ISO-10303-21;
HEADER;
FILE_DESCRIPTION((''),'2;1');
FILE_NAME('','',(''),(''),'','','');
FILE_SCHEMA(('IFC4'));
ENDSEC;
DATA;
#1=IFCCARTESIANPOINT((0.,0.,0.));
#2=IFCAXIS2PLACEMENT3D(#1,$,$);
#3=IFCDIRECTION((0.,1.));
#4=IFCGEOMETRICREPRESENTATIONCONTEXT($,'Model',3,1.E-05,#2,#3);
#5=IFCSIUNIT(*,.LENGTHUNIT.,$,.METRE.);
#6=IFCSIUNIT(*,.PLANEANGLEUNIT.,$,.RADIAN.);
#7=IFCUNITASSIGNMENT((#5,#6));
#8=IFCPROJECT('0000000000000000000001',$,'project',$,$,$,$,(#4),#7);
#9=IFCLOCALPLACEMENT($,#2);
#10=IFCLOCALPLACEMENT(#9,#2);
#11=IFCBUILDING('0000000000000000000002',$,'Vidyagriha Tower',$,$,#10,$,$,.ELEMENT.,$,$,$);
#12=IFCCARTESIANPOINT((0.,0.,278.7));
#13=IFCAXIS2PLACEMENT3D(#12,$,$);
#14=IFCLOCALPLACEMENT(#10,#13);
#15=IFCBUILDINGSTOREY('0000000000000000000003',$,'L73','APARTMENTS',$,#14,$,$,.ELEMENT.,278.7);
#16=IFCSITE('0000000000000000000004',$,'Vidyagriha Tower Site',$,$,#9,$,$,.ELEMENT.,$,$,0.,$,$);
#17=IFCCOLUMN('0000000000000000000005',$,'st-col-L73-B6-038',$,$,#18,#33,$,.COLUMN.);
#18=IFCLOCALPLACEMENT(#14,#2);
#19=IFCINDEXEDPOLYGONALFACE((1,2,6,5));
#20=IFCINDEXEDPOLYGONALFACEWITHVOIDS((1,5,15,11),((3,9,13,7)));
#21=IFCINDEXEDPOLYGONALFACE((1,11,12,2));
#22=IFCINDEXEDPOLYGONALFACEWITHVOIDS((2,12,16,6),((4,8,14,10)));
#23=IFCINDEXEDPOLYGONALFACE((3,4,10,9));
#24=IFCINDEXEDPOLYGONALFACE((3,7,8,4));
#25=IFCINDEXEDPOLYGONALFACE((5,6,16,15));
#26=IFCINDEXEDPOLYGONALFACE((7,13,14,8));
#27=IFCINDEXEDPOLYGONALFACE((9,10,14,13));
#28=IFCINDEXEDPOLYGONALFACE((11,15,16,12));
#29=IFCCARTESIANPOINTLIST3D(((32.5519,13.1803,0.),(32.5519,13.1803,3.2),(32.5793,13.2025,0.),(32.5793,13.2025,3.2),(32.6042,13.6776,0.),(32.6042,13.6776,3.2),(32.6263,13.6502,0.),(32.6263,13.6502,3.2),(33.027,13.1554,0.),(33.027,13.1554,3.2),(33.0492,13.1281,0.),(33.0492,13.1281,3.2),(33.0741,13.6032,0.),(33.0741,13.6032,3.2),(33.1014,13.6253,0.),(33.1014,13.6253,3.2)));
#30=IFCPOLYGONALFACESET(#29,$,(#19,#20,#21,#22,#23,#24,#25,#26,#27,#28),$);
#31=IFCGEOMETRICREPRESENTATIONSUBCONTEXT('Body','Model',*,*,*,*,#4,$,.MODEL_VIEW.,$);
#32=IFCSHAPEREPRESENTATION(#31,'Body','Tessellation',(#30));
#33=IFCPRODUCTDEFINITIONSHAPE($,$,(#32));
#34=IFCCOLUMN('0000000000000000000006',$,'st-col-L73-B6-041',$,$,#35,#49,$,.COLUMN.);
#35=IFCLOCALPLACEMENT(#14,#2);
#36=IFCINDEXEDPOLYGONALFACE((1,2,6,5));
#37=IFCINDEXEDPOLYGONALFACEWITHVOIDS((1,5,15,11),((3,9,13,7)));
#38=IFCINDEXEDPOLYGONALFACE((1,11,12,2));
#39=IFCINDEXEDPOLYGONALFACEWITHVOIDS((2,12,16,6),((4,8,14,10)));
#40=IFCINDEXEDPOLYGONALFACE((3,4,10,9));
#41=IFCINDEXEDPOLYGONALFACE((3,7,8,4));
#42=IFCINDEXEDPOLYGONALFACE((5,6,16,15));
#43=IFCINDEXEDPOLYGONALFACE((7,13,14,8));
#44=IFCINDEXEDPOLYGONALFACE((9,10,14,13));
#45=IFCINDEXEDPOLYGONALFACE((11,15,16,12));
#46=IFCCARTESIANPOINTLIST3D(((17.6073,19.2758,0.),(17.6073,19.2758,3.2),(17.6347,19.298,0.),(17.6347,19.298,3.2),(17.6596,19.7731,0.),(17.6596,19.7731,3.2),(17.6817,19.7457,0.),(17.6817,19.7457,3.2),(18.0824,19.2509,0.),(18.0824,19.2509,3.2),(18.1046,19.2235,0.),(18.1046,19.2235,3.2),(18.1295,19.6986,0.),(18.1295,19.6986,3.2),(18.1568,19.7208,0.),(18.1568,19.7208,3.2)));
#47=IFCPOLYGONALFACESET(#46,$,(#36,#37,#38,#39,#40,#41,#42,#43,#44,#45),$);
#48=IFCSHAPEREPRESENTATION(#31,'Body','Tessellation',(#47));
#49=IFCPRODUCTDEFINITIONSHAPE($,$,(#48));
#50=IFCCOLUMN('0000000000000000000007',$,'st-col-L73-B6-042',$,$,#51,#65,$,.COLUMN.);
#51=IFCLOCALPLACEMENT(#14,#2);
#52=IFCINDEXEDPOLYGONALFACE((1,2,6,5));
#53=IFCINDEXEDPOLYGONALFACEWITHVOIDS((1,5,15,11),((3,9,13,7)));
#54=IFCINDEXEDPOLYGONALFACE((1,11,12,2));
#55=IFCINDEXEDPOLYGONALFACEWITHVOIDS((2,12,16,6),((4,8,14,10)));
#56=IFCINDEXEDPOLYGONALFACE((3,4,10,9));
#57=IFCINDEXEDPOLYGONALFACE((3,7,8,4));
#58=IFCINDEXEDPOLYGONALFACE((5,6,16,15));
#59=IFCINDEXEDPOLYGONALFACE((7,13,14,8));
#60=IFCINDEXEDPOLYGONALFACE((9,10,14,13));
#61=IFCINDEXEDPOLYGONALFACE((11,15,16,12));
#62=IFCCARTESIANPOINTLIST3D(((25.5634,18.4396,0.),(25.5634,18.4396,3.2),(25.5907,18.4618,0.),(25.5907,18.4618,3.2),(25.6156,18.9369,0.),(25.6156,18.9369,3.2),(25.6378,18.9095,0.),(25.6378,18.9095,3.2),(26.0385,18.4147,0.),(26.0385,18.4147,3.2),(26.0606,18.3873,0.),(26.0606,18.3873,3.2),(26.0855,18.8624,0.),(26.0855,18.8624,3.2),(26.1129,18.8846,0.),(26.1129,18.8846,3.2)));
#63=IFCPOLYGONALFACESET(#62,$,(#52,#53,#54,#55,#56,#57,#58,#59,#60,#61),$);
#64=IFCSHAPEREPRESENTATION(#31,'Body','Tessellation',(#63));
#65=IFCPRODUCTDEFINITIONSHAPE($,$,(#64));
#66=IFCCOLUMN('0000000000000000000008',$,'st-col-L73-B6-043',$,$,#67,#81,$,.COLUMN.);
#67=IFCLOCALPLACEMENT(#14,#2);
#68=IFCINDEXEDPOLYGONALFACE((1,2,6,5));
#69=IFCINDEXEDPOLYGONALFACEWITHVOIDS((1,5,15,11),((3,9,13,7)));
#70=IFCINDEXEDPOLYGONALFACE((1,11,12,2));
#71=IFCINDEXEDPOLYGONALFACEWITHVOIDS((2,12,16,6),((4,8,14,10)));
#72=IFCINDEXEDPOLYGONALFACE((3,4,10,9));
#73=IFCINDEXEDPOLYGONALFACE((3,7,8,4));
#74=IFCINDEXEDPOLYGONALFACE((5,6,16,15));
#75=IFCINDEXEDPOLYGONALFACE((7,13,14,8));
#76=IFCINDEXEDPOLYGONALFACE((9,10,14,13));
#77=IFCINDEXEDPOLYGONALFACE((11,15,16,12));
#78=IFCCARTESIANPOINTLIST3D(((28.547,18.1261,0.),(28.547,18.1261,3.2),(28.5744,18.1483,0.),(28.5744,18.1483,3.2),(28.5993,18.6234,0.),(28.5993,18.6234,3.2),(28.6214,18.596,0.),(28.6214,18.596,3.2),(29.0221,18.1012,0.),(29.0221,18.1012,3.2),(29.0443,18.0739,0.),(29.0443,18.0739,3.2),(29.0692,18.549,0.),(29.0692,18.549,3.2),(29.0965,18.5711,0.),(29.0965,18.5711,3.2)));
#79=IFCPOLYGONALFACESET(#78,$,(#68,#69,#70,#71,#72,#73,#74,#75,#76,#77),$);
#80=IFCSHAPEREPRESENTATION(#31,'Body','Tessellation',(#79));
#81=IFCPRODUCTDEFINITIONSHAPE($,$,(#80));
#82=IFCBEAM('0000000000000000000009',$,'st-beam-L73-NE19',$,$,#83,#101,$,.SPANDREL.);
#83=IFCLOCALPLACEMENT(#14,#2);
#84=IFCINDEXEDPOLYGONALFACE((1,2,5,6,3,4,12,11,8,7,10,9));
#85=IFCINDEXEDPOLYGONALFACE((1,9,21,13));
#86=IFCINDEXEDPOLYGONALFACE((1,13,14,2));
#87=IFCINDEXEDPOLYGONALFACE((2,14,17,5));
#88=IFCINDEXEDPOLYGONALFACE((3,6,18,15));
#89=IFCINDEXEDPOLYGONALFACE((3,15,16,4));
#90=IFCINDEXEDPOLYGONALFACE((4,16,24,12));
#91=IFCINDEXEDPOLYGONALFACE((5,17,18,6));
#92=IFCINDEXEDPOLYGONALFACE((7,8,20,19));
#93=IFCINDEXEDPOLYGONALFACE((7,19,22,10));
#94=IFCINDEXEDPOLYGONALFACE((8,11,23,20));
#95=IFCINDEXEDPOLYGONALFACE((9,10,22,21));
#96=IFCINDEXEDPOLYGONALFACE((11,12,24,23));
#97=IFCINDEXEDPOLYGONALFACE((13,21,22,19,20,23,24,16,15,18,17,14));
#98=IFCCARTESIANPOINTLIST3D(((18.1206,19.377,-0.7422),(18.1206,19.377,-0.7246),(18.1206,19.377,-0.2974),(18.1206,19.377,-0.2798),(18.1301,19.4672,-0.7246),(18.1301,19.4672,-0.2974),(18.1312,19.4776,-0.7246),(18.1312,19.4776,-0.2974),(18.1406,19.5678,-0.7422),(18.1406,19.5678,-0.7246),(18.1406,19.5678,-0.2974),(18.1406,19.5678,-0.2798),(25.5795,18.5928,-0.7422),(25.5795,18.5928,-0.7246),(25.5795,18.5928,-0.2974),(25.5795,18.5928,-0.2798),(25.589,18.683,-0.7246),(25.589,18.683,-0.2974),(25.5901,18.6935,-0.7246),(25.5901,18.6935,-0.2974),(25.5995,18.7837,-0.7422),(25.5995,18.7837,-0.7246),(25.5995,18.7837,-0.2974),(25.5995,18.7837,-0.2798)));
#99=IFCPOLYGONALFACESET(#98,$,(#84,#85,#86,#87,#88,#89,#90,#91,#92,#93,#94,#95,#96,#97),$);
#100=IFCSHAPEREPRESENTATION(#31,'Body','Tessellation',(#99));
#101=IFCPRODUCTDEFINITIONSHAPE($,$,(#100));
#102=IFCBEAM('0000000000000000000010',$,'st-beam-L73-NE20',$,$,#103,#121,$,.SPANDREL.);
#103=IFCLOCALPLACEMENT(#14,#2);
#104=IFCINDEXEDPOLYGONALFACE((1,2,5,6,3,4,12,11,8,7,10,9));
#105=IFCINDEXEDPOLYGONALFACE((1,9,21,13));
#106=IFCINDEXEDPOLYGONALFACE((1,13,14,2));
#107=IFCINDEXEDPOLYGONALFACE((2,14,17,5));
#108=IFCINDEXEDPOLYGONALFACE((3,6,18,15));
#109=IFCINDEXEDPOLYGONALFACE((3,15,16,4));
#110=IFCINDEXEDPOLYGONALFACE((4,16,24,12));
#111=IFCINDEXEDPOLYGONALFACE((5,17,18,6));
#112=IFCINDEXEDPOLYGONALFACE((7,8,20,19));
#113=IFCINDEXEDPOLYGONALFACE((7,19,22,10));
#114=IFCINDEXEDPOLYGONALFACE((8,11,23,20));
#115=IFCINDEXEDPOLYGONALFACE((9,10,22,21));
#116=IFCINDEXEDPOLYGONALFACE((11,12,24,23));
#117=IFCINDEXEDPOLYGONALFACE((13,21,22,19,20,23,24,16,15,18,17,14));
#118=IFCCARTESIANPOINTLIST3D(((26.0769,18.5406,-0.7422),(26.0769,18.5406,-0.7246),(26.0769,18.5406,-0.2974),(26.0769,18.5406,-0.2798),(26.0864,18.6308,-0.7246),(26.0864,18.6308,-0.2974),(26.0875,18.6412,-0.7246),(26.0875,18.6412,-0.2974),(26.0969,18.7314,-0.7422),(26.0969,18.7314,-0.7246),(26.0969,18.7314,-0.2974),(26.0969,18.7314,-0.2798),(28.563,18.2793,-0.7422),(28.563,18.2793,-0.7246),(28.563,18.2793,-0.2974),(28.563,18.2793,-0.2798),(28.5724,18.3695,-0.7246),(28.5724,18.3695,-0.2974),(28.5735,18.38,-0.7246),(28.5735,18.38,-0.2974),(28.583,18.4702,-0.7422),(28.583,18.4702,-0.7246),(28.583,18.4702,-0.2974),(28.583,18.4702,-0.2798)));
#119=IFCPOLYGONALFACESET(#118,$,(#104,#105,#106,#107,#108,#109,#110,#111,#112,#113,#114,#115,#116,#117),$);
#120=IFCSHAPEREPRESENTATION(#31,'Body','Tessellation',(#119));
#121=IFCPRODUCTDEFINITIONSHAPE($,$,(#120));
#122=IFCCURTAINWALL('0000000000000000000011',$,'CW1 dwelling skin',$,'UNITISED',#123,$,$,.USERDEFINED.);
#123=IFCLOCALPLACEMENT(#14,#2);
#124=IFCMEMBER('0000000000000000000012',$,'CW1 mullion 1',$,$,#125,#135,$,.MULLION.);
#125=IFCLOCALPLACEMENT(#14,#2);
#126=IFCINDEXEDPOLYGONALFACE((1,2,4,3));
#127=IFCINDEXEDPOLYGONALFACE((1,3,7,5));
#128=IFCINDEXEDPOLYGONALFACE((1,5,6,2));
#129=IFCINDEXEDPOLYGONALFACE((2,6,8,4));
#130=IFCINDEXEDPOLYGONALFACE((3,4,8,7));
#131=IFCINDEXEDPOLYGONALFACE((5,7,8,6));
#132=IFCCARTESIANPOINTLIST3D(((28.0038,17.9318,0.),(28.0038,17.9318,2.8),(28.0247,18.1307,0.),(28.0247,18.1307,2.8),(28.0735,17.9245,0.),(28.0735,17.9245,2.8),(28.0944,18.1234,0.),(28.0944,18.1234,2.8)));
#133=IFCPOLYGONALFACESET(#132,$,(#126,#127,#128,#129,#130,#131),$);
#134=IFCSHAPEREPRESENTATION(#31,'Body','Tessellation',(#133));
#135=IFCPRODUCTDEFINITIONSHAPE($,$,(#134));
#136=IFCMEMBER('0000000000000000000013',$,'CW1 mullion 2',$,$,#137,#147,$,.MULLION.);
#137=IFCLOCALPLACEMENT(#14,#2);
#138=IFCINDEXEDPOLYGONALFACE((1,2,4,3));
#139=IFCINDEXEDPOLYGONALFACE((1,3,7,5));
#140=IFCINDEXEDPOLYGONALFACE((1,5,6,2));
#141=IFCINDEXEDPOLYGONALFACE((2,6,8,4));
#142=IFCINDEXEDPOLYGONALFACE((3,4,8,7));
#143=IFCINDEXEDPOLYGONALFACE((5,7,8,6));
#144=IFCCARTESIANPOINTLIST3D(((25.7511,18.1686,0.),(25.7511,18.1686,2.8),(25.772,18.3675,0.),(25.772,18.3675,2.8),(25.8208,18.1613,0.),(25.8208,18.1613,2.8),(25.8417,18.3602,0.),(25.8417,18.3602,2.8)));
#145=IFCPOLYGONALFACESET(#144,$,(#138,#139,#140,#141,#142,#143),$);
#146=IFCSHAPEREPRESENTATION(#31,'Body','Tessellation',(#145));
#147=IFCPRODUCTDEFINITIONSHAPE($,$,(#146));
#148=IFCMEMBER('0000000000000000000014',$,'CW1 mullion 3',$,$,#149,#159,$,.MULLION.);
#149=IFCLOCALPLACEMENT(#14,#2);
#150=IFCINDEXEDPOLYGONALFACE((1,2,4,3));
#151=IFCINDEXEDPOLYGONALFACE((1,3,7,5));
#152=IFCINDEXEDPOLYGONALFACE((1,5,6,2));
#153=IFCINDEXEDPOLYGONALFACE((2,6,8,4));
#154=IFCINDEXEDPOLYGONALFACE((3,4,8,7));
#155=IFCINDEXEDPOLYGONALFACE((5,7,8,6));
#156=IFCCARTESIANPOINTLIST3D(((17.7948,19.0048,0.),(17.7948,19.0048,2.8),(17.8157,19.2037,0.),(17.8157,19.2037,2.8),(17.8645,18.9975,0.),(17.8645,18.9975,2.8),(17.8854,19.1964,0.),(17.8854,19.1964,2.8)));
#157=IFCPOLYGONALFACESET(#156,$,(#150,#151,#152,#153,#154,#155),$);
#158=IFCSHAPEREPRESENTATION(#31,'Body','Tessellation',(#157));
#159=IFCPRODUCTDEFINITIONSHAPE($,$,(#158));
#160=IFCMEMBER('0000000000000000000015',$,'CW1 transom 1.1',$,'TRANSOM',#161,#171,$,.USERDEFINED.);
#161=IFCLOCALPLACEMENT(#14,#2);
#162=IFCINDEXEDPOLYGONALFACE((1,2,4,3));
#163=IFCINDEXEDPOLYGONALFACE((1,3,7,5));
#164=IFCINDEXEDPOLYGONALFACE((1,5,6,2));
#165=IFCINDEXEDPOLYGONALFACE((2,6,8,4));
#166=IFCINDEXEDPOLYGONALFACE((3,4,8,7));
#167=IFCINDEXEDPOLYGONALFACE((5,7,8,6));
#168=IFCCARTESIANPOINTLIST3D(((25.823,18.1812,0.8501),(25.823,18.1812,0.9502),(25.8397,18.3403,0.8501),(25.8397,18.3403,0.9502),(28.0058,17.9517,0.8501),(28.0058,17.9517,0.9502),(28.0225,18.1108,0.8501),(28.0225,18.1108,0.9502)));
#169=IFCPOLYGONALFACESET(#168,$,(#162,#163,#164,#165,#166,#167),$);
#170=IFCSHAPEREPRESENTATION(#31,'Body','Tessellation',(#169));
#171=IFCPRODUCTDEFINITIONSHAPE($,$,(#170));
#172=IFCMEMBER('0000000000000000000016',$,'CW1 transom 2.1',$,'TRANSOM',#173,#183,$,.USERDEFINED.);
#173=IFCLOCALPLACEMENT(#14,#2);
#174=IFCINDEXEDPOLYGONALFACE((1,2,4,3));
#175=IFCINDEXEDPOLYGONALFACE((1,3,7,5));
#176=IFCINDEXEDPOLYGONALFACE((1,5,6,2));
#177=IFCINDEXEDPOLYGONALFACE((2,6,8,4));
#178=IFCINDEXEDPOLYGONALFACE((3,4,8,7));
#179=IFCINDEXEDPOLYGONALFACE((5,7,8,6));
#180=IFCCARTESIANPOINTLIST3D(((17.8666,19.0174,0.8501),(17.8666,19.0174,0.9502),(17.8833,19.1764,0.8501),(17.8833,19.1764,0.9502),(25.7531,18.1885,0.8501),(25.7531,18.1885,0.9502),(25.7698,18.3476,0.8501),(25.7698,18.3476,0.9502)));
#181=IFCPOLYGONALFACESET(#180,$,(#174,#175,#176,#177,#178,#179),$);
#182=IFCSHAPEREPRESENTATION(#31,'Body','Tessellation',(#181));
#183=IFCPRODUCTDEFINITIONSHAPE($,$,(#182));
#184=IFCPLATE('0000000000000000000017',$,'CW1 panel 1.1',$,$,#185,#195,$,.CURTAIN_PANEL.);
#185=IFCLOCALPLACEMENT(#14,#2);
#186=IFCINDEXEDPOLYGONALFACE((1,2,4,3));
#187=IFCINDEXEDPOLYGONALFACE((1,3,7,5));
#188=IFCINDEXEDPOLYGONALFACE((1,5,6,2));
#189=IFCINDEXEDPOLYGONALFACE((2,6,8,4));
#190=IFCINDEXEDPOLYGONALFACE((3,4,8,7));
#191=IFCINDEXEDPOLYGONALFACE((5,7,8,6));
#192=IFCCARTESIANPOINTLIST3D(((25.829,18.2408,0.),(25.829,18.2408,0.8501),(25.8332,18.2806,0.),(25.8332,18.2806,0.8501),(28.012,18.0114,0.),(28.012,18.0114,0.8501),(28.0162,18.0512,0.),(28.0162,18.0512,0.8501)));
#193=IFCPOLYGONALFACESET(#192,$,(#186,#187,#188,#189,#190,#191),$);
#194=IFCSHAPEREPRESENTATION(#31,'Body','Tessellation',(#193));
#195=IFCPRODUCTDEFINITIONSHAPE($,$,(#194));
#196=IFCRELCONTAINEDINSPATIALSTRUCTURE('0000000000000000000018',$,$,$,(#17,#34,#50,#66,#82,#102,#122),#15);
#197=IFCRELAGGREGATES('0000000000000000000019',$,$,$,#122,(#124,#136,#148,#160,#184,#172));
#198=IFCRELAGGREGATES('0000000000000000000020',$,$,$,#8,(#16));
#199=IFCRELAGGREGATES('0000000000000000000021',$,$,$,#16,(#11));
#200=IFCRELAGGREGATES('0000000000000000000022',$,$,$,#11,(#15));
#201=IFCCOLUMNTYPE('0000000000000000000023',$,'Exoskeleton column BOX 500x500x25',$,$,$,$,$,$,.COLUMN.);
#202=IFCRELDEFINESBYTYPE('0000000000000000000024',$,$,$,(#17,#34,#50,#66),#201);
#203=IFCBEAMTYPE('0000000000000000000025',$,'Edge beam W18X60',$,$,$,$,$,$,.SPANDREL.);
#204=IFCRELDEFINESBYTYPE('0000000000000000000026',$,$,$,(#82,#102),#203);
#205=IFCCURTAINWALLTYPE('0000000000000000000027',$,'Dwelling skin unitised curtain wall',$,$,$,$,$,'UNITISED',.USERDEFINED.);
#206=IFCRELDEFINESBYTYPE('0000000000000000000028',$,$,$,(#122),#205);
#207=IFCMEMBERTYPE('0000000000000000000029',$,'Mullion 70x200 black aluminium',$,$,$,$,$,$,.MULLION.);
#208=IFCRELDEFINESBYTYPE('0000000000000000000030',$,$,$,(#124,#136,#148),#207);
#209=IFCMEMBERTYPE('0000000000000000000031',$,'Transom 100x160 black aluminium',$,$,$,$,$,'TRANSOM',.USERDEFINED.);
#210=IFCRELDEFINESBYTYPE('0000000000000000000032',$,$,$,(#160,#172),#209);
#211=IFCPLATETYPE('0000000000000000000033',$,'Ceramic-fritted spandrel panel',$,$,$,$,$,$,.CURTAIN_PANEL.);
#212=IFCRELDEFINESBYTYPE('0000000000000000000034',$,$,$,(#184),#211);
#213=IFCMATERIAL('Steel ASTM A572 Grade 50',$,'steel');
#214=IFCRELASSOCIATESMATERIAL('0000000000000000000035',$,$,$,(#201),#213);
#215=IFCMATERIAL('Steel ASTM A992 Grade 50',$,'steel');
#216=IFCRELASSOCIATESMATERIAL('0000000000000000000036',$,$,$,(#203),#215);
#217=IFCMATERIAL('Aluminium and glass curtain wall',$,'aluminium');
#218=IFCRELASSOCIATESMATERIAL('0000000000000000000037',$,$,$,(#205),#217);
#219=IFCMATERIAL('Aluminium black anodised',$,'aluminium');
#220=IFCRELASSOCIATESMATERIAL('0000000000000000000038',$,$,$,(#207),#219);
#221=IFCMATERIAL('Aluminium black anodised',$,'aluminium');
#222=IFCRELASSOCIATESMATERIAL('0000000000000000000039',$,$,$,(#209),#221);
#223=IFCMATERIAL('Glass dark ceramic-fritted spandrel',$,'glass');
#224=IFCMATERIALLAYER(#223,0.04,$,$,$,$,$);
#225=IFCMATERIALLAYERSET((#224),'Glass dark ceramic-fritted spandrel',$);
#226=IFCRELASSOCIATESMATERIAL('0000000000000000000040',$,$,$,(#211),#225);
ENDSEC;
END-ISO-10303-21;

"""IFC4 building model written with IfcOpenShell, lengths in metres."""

from ifc_helpers import new_model, si_unit, direction, frame, origin, origin_2d, place, context, subcontext, project, spatial, rectangle, hollow_rectangle, i_section, extrude, material, layer, layer_set, material_profile, profile_set, type_object, element, aggregate, save


model = new_model("IFC4")

# Units and contexts
model_context = context("Model", 3, precision=1e-05, world=origin(), true_north=direction((0.0, 1.0)))
body_context = subcontext(model_context, "Body", "Model", "MODEL_VIEW")
ifc_project = project(units=[si_unit("LENGTHUNIT", "METRE"), si_unit("PLANEANGLEUNIT", "RADIAN")], contexts=[model_context])

# Site, building, storey
site_placement = place(None, origin())
site = spatial("IfcSite", under=ifc_project, at=site_placement, Name="Vidyagriha Tower Site", CompositionType="ELEMENT", RefElevation=0.0)
building_placement = place(site_placement, origin())
building = spatial("IfcBuilding", under=site, at=building_placement, Name="Vidyagriha Tower", CompositionType="ELEMENT")
storey_placement = place(building_placement, frame((0.0, 0.0, 278.7)))
storey = spatial("IfcBuildingStorey", under=building, at=storey_placement, Name="L73", Description="APARTMENTS", CompositionType="ELEMENT", Elevation=278.7)

# Columns
ifc_material_1 = material(Name="Steel ASTM A572 Grade 50", Category="steel")
ifc_material_profile_1 = material_profile(ifc_material_1, hollow_rectangle(XDim=0.5, YDim=0.5, WallThickness=0.0249, at=origin_2d()), Name="BOX 500x500x25")
ifc_profile_set_1 = profile_set([ifc_material_profile_1], Name="Steel ASTM A572 Grade 50")
column_type = type_object("IfcColumnType", Name="Exoskeleton column BOX 500x500x25", PredefinedType="COLUMN", material=ifc_profile_set_1)
for number, where, z_axis, x_axis, name in (
    (1, (32.8267, 13.4028, 0.0), (0.0, 0.0, 1.0), (0.994522, -0.104528, 0.0), "st-col-L73-B6-038"),
    (2, (17.8821, 19.4983, 0.0), (0.0, 0.0, 1.0), (0.994522, -0.104528, 0.0), "st-col-L73-B6-041"),
    (3, (25.8381, 18.6621, 0.0), (0.0, 0.0, 1.0), (0.994522, -0.104528, 0.0), "st-col-L73-B6-042"),
    (4, (28.8218, 18.3486, 0.0), (0.0, 0.0, 1.0), (0.994522, -0.104528, 0.0), "st-col-L73-B6-043"),
):
    element("IfcColumn", number, at=place(storey_placement, frame(where, z_axis=z_axis, x_axis=x_axis)), inside=storey, type_object=column_type, Name=name, PredefinedType="COLUMN", context=body_context, shape_type="SweptSolid", body=[
        extrude(hollow_rectangle(XDim=0.5, YDim=0.5, WallThickness=0.0249, at=origin_2d()), origin(), (0.0, 0.0, 1.0), 3.2),
    ])

# Beams
ifc_material_2 = material(Name="Steel ASTM A992 Grade 50", Category="steel")
ifc_material_profile_2 = material_profile(ifc_material_2, i_section(OverallWidth=0.1919, OverallDepth=0.4624, WebThickness=0.0105, FlangeThickness=0.0176, at=origin_2d()), Name="W18X60")
ifc_profile_set_2 = profile_set([ifc_material_profile_2], Name="Steel ASTM A992 Grade 50")
beam_type = type_object("IfcBeamType", Name="Edge beam W18X60", PredefinedType="SPANDREL", material=ifc_profile_set_2)
beam_1_placement = place(storey_placement, frame((18.1306, 19.4724, -0.511), z_axis=(0.994519, -0.104556, 0.0), x_axis=(0.104556, 0.994519, 0.0)))
element("IfcBeam", 5, at=beam_1_placement, inside=storey, type_object=beam_type, Name="st-beam-L73-NE19", PredefinedType="SPANDREL", context=body_context, shape_type="SweptSolid", body=[
    extrude(i_section(OverallWidth=0.1919, OverallDepth=0.4624, WebThickness=0.0105, FlangeThickness=0.0176, at=origin_2d()), origin(), (0.0, 0.0, 1.0), 7.5),
])
beam_2_placement = place(storey_placement, frame((26.0869, 18.636, -0.511), z_axis=(0.994525, -0.104502, 0.0), x_axis=(0.104502, 0.994525, 0.0)))
element("IfcBeam", 6, at=beam_2_placement, inside=storey, type_object=beam_type, Name="st-beam-L73-NE20", PredefinedType="SPANDREL", context=body_context, shape_type="SweptSolid", body=[
    extrude(i_section(OverallWidth=0.1919, OverallDepth=0.4624, WebThickness=0.0105, FlangeThickness=0.0176, at=origin_2d()), origin(), (0.0, 0.0, 1.0), 2.4998),
])

# Curtain wall, members, plate
ifc_material_3 = material(Name="Aluminium and glass curtain wall", Category="aluminium")
curtain_wall_type = type_object("IfcCurtainWallType", Name="Dwelling skin unitised curtain wall", ElementType="UNITISED", PredefinedType="USERDEFINED", material=ifc_material_3)
curtain_wall_placement = place(storey_placement, origin())
curtain_wall = element("IfcCurtainWall", 7, at=curtain_wall_placement, inside=storey, type_object=curtain_wall_type, Name="CW1 dwelling skin", ObjectType="UNITISED", PredefinedType="USERDEFINED")
ifc_material_4 = material(Name="Aluminium black anodised", Category="aluminium")
ifc_material_profile_3 = material_profile(ifc_material_4, rectangle(XDim=0.2, YDim=0.0701, at=origin_2d()), Name="Mullion 70x200 black aluminium")
ifc_profile_set_3 = profile_set([ifc_material_profile_3], Name="Aluminium black anodised")
member_type_1 = type_object("IfcMemberType", Name="Mullion 70x200 black aluminium", PredefinedType="MULLION", material=ifc_profile_set_3)
member_1_placement = place(storey_placement, frame((28.0491, 18.0276, 0.0), z_axis=(0.0, 0.0, 1.0), x_axis=(-0.104529, -0.994522, 0.0)))
member_1 = element("IfcMember", 8, at=member_1_placement, type_object=member_type_1, Name="CW1 mullion 1", PredefinedType="MULLION", context=body_context, shape_type="SweptSolid", body=[
    extrude(rectangle(XDim=0.2, YDim=0.0701, at=origin_2d()), origin(), (0.0, 0.0, 1.0), 2.8),
])
member_2_placement = place(storey_placement, frame((25.7964, 18.2644, 0.0), z_axis=(0.0, 0.0, 1.0), x_axis=(-0.104529, -0.994522, 0.0)))
member_2 = element("IfcMember", 9, at=member_2_placement, type_object=member_type_1, Name="CW1 mullion 2", PredefinedType="MULLION", context=body_context, shape_type="SweptSolid", body=[
    extrude(rectangle(XDim=0.2, YDim=0.0701, at=origin_2d()), origin(), (0.0, 0.0, 1.0), 2.8),
])
member_3_placement = place(storey_placement, frame((17.8401, 19.1006, 0.0), z_axis=(0.0, 0.0, 1.0), x_axis=(-0.104529, -0.994522, 0.0)))
member_3 = element("IfcMember", 10, at=member_3_placement, type_object=member_type_1, Name="CW1 mullion 3", PredefinedType="MULLION", context=body_context, shape_type="SweptSolid", body=[
    extrude(rectangle(XDim=0.2, YDim=0.0701, at=origin_2d()), origin(), (0.0, 0.0, 1.0), 2.8),
])
ifc_material_5 = material(Name="Aluminium black anodised", Category="aluminium")
ifc_material_profile_4 = material_profile(ifc_material_5, rectangle(XDim=0.1599, YDim=0.1001, at=origin_2d()), Name="Transom 100x160 black aluminium")
ifc_profile_set_4 = profile_set([ifc_material_profile_4], Name="Aluminium black anodised")
member_type_2 = type_object("IfcMemberType", Name="Transom 100x160 black aluminium", ElementType="TRANSOM", PredefinedType="USERDEFINED", material=ifc_profile_set_4)
member_4_placement = place(storey_placement, frame((28.0142, 18.0312, 0.9001), z_axis=(-0.994519, 0.104557, 0.0), x_axis=(-0.104557, -0.994519, 0.0)))
member_4 = element("IfcMember", 11, at=member_4_placement, type_object=member_type_2, Name="CW1 transom 1.1", ObjectType="TRANSOM", PredefinedType="USERDEFINED", context=body_context, shape_type="SweptSolid", body=[
    extrude(rectangle(XDim=0.1599, YDim=0.1001, at=origin_2d()), origin(), (0.0, 0.0, 1.0), 2.1948),
])
member_5_placement = place(storey_placement, frame((25.7615, 18.2681, 0.9001), z_axis=(-0.994522, 0.104523, 0.0), x_axis=(-0.104523, -0.994522, 0.0)))
member_5 = element("IfcMember", 12, at=member_5_placement, type_object=member_type_2, Name="CW1 transom 2.1", ObjectType="TRANSOM", PredefinedType="USERDEFINED", context=body_context, shape_type="SweptSolid", body=[
    extrude(rectangle(XDim=0.1599, YDim=0.1001, at=origin_2d()), origin(), (0.0, 0.0, 1.0), 7.9299),
])
ifc_material_6 = material(Name="Glass dark ceramic-fritted spandrel", Category="glass")
ifc_layer_1 = layer(ifc_material_6, 0.04)
ifc_layer_set_1 = layer_set([ifc_layer_1], Name="Glass dark ceramic-fritted spandrel")
plate_type_1 = type_object("IfcPlateType", Name="Ceramic-fritted spandrel panel", PredefinedType="CURTAIN_PANEL", material=ifc_layer_set_1)
plate_1_placement = place(storey_placement, frame((26.9226, 18.146, 0.0), z_axis=(0.0, 0.0, 1.0), x_axis=(-0.994522, 0.104529, 0.0)))
plate_1 = element("IfcPlate", 13, at=plate_1_placement, type_object=plate_type_1, Name="CW1 panel 1.1", PredefinedType="CURTAIN_PANEL", context=body_context, shape_type="SweptSolid", body=[
    extrude(rectangle(XDim=2.1951, YDim=0.04, at=origin_2d()), origin(), (0.0, 0.0, 1.0), 0.8501),
])
aggregate(curtain_wall, [member_1, member_2, member_3, member_4, plate_1, member_5])

save(model, "model.ifc")
